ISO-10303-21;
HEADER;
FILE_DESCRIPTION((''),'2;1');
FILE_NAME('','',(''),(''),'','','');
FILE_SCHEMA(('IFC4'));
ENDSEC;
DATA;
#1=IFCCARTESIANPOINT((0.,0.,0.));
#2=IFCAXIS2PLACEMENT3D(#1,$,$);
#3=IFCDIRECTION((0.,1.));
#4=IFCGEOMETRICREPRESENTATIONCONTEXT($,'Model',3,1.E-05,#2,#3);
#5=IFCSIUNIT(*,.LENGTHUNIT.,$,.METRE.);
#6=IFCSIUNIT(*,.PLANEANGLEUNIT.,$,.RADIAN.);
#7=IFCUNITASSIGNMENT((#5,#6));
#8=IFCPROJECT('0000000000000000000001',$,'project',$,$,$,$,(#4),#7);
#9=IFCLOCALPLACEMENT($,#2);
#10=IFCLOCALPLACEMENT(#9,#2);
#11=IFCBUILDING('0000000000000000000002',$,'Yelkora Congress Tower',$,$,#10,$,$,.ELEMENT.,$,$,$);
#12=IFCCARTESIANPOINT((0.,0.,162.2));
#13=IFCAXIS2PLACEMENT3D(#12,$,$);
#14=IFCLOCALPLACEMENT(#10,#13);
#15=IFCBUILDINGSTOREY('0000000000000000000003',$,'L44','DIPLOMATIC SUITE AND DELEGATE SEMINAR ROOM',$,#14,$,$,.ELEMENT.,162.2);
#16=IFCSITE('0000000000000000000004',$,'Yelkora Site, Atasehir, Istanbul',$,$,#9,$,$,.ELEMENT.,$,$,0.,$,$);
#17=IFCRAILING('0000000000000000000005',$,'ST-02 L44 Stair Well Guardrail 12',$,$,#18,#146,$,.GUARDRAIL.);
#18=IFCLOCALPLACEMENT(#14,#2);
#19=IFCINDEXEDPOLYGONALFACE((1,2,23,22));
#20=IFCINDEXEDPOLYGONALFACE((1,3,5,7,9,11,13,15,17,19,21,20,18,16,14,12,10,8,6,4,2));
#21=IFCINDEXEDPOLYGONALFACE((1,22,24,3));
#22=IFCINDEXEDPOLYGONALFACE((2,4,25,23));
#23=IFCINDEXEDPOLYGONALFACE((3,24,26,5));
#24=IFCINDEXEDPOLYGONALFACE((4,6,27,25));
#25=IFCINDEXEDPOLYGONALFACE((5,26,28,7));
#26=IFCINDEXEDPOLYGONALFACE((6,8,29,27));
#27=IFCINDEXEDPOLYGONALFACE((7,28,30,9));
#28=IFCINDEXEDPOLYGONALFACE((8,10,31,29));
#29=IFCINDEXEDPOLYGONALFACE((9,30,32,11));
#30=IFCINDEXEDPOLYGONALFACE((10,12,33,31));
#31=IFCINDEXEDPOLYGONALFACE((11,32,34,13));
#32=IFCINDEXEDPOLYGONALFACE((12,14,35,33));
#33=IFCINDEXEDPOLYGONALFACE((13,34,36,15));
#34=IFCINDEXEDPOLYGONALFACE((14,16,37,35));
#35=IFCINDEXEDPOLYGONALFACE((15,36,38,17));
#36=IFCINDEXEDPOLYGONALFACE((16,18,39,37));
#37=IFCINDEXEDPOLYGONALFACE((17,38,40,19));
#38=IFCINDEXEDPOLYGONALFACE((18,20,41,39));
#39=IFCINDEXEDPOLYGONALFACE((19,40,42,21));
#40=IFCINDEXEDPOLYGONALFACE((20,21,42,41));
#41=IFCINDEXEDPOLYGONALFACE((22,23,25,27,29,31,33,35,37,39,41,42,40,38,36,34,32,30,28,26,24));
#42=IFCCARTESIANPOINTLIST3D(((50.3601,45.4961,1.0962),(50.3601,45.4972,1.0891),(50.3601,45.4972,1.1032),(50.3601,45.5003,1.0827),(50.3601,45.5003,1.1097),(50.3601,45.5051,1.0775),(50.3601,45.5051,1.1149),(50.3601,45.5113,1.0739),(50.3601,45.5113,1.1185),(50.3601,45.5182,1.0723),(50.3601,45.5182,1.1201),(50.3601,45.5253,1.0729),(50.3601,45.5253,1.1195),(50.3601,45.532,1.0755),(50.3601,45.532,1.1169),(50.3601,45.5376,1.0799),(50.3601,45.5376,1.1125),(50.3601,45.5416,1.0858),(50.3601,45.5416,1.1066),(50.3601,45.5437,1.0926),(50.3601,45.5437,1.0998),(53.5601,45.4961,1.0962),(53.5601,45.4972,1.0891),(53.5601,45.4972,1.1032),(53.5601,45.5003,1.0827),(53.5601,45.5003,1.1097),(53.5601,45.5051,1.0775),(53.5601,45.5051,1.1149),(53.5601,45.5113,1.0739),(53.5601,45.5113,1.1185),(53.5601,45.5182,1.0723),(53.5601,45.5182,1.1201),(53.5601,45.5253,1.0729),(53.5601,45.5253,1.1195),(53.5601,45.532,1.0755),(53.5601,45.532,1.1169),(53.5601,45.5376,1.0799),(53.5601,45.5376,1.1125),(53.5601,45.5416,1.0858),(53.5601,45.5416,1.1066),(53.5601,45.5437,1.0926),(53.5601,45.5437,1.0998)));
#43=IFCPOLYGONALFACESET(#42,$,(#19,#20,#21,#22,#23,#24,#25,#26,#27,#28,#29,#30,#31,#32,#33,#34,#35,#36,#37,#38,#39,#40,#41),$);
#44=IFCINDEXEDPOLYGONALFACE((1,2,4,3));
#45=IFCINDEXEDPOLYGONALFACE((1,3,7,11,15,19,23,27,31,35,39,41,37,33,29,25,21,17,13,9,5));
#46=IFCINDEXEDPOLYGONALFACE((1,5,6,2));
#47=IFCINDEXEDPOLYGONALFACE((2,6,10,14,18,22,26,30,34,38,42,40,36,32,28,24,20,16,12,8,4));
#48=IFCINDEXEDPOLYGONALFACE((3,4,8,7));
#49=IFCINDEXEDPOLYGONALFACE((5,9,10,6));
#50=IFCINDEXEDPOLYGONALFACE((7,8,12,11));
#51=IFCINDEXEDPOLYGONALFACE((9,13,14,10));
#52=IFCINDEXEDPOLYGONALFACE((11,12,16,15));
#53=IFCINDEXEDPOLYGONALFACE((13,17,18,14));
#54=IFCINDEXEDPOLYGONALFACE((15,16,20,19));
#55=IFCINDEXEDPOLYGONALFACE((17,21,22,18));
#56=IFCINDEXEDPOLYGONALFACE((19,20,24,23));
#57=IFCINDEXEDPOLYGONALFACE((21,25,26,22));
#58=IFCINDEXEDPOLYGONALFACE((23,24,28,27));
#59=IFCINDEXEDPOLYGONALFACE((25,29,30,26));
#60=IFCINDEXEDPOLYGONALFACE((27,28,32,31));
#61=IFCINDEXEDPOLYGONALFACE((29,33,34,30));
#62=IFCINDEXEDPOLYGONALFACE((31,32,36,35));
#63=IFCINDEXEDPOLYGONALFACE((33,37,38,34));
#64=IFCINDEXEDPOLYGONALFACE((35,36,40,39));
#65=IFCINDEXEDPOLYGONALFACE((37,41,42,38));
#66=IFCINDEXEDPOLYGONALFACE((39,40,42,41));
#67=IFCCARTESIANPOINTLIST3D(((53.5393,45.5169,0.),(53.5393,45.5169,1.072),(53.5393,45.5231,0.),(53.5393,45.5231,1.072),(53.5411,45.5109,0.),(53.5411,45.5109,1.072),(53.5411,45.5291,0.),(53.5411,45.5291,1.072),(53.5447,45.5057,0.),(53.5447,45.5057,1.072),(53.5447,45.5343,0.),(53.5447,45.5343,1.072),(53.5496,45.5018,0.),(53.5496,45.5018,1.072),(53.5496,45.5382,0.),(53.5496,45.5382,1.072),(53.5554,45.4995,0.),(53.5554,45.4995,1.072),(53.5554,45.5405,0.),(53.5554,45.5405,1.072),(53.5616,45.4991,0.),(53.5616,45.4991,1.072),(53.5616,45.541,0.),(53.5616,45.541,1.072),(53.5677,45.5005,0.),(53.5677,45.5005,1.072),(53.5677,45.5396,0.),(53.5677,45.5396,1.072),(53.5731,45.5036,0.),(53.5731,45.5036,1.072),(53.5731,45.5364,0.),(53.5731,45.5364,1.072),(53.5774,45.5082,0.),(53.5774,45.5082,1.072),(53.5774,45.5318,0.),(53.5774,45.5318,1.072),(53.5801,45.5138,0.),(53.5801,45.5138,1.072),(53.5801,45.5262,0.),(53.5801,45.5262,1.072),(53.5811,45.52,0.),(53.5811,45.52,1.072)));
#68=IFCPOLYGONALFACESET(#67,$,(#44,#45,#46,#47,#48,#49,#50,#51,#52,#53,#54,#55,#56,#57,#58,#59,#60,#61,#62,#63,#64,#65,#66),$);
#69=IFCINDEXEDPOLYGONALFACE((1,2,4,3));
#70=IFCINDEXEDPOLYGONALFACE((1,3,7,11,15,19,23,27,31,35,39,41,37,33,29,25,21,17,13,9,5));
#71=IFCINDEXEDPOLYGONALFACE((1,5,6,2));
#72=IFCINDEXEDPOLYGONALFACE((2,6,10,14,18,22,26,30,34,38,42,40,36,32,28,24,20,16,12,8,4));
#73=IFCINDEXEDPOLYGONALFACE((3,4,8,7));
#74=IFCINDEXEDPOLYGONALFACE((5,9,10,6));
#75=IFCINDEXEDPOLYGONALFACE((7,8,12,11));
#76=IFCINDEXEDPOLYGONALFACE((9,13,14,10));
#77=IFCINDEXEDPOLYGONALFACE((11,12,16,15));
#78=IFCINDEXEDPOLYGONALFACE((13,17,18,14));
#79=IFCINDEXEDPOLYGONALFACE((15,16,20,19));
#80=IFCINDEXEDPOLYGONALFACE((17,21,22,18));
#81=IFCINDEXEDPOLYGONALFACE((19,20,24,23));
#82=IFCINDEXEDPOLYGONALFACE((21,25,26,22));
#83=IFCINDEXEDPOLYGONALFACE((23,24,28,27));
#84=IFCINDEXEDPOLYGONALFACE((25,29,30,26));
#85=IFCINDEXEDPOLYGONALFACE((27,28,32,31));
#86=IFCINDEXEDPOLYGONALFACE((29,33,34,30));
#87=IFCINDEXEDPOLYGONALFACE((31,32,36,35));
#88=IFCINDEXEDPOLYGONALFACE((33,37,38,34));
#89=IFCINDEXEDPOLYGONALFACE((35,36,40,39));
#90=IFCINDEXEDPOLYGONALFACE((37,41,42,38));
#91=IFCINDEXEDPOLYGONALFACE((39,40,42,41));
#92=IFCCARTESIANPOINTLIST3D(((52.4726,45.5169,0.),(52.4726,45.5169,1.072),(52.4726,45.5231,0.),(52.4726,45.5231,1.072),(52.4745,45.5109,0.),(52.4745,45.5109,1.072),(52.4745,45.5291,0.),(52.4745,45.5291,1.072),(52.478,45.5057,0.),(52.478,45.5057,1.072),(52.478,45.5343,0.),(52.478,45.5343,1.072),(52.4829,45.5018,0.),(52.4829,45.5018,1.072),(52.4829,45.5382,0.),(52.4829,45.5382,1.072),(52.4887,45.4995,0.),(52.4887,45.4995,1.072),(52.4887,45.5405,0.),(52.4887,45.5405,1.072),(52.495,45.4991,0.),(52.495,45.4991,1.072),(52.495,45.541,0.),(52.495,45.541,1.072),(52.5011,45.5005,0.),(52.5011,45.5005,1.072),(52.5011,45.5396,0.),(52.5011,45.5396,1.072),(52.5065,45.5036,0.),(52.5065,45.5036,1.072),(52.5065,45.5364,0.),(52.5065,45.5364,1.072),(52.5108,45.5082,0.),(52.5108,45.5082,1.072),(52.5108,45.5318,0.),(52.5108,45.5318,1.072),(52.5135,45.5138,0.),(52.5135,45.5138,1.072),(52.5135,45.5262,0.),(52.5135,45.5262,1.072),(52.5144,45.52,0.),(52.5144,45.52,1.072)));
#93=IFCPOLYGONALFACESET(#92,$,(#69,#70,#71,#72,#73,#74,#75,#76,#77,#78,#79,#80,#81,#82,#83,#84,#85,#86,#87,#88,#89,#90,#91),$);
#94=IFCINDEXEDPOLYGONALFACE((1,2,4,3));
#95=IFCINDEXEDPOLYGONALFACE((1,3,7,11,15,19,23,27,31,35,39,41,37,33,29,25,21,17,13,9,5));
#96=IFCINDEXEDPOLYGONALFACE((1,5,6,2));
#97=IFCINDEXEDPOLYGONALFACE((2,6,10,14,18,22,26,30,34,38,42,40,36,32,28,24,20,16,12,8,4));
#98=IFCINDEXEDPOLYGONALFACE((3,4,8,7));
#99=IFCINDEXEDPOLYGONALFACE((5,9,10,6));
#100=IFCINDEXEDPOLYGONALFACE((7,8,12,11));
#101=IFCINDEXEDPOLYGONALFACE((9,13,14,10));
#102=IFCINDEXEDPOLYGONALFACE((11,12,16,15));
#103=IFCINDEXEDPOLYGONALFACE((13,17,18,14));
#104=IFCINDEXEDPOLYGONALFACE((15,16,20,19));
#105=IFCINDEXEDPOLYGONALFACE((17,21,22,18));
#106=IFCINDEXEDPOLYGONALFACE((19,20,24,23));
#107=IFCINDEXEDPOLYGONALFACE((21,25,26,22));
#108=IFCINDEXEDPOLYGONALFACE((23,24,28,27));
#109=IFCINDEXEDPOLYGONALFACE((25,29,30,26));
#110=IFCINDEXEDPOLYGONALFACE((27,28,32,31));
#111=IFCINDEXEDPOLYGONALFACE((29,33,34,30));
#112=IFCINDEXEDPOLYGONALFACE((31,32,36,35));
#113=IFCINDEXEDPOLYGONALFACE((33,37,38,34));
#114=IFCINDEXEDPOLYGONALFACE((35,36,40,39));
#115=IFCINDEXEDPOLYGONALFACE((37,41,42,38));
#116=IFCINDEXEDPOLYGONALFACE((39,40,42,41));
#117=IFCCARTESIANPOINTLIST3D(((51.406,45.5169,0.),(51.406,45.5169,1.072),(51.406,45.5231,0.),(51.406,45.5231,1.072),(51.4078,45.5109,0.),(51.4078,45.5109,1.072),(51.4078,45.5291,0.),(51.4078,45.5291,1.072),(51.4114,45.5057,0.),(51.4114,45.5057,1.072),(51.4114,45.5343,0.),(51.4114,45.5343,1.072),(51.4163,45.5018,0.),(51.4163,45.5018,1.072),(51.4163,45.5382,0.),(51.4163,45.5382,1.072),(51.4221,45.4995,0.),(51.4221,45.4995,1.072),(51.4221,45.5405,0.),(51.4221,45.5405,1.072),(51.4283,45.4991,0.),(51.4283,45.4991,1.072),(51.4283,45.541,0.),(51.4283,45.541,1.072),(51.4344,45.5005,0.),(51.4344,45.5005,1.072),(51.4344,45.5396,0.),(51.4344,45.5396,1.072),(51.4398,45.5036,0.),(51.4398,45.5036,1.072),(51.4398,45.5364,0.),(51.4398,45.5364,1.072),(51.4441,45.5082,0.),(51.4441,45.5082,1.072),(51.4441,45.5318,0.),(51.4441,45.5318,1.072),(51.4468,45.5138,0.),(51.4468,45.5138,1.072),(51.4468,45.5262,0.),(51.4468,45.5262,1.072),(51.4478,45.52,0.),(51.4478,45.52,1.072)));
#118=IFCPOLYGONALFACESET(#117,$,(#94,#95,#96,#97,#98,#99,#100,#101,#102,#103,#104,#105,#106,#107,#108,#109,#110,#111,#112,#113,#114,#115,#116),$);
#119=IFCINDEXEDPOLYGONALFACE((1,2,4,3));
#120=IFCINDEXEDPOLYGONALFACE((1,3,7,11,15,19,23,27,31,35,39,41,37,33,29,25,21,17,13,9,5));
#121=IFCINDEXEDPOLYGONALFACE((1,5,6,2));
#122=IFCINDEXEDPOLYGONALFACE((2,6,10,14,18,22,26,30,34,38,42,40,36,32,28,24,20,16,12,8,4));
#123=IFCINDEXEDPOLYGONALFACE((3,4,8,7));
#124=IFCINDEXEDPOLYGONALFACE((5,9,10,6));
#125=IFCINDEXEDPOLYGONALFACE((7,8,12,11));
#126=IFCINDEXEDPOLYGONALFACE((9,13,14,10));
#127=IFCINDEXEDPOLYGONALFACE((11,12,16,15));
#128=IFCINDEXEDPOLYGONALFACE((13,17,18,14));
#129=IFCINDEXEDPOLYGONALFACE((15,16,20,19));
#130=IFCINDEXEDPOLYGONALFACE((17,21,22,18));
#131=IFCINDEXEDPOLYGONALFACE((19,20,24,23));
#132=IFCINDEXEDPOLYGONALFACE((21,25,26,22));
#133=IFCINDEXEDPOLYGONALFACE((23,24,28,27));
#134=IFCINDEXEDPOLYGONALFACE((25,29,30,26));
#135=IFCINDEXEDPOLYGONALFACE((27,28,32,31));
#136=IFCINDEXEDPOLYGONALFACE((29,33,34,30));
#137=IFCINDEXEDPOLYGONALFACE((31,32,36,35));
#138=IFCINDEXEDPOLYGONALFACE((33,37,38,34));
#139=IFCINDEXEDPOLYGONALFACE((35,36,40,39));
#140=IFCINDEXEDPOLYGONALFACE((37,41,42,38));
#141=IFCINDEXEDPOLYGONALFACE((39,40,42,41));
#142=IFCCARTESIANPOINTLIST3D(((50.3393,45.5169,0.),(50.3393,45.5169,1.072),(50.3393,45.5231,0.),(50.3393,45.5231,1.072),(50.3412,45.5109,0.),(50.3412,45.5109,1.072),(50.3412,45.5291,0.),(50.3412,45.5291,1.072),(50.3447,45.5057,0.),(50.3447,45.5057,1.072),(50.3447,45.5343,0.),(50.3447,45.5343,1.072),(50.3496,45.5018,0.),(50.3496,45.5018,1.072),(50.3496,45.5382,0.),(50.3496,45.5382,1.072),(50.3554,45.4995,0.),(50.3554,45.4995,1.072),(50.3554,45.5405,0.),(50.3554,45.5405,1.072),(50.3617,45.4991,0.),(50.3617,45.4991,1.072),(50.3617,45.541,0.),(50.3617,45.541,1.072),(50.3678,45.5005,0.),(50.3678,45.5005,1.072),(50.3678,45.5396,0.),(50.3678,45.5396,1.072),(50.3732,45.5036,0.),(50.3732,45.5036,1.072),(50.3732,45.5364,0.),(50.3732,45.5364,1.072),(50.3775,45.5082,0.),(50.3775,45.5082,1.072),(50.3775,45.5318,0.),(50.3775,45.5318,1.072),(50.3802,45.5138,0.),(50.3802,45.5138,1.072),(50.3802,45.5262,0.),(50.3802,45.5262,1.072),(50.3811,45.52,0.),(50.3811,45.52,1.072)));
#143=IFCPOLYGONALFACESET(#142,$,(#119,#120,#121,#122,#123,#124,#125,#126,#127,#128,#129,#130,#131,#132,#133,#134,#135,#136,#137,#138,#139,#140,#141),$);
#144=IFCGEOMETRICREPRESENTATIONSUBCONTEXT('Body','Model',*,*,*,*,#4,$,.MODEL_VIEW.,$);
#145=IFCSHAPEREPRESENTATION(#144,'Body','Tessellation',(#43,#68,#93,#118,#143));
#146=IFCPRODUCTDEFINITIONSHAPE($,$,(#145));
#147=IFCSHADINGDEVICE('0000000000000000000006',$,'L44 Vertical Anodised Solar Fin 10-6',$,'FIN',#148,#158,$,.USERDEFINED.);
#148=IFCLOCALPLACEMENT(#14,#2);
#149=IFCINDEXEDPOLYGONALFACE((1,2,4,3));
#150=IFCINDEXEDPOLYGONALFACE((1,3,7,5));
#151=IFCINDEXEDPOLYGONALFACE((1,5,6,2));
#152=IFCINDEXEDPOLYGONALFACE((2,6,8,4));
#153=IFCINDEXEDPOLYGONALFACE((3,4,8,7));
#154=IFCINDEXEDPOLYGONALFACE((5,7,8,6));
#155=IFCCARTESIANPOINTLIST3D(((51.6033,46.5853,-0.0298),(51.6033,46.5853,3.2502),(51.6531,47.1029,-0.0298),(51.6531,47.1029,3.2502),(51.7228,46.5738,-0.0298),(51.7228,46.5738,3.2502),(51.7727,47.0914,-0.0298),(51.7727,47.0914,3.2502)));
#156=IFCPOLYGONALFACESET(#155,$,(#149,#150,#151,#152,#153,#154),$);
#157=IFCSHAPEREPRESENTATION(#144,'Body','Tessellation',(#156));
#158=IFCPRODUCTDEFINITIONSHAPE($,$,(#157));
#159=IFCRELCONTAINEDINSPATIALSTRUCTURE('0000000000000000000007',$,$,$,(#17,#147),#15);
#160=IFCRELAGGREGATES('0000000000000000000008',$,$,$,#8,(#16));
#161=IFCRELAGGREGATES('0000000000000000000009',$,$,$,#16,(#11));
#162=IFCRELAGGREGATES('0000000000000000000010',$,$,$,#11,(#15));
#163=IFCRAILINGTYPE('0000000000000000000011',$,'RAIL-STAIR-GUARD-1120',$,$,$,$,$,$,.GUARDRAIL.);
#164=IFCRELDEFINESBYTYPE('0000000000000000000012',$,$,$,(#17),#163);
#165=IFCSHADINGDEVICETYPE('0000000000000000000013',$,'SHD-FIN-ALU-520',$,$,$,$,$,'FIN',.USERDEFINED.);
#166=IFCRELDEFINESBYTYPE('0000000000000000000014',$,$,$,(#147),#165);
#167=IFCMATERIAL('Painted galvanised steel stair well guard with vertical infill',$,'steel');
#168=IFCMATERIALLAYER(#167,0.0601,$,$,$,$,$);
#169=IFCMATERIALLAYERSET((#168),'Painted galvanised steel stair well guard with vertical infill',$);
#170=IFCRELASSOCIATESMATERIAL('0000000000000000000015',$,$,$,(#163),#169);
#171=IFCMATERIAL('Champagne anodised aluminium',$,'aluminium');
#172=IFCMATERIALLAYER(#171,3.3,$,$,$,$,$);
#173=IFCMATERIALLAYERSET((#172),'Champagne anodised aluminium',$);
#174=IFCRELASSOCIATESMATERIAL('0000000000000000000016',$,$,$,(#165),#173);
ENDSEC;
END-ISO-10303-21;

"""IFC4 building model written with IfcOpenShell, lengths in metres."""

from ifc_helpers import new_model, si_unit, direction, frame, origin, origin_2d, place, context, subcontext, project, spatial, rectangle, circle, extrude, material, layer, layer_set, type_object, element, save


model = new_model("IFC4")

# Units and contexts
model_context = context("Model", 3, precision=1e-05, world=origin(), true_north=direction((0.0, 1.0)))
body_context = subcontext(model_context, "Body", "Model", "MODEL_VIEW")
ifc_project = project(units=[si_unit("LENGTHUNIT", "METRE"), si_unit("PLANEANGLEUNIT", "RADIAN")], contexts=[model_context])

# Site, building, storey
site_placement = place(None, origin())
site = spatial("IfcSite", under=ifc_project, at=site_placement, Name="Yelkora Site, Atasehir, Istanbul", CompositionType="ELEMENT", RefElevation=0.0)
building_placement = place(site_placement, origin())
building = spatial("IfcBuilding", under=site, at=building_placement, Name="Yelkora Congress Tower", CompositionType="ELEMENT")
storey_placement = place(building_placement, frame((0.0, 0.0, 162.2)))
storey = spatial("IfcBuildingStorey", under=building, at=storey_placement, Name="L44", Description="DIPLOMATIC SUITE AND DELEGATE SEMINAR ROOM", CompositionType="ELEMENT", Elevation=162.2)

# Railing
ifc_material_1 = material(Name="Painted galvanised steel stair well guard with vertical infill", Category="steel")
ifc_layer_1 = layer(ifc_material_1, 0.0601)
ifc_layer_set_1 = layer_set([ifc_layer_1], Name="Painted galvanised steel stair well guard with vertical infill")
railing_type = type_object("IfcRailingType", Name="RAIL-STAIR-GUARD-1120", PredefinedType="GUARDRAIL", material=ifc_layer_set_1)
railing_1_placement = place(storey_placement, frame((53.5601, 45.52, 0.0)))
element("IfcRailing", 1, at=railing_1_placement, inside=storey, type_object=railing_type, Name="ST-02 L44 Stair Well Guardrail 12", PredefinedType="GUARDRAIL", context=body_context, shape_type="SweptSolid", body=[
    extrude(circle(Radius=0.0239, at=origin_2d()), frame((0.0, 0.0, 1.0962), z_axis=(-1.0, 0.0, 0.0), x_axis=(0.0, -1.0, 0.0)), (0.0, 0.0, 1.0), 3.2),
    extrude(circle(Radius=0.021, at=origin_2d()), origin(), (0.0, 0.0, 1.0), 1.072),
    extrude(circle(Radius=0.021, at=origin_2d()), frame((-1.0667, 0.0, 0.0)), (0.0, 0.0, 1.0), 1.072),
    extrude(circle(Radius=0.021, at=origin_2d()), frame((-2.1333, 0.0, 0.0)), (0.0, 0.0, 1.0), 1.072),
    extrude(circle(Radius=0.021, at=origin_2d()), frame((-3.2, 0.0, 0.0)), (0.0, 0.0, 1.0), 1.072),
])

# Shading device
ifc_material_2 = material(Name="Champagne anodised aluminium", Category="aluminium")
ifc_layer_2 = layer(ifc_material_2, 3.3)
ifc_layer_set_2 = layer_set([ifc_layer_2], Name="Champagne anodised aluminium")
shading_device_type = type_object("IfcShadingDeviceType", Name="SHD-FIN-ALU-520", ElementType="FIN", PredefinedType="USERDEFINED", material=ifc_layer_set_2)
shading_device_placement = place(storey_placement, frame((51.688, 46.8384, -0.0298), z_axis=(0.0, 0.0, 1.0), x_axis=(0.995396, -0.095846, 0.0)))
element("IfcShadingDevice", 2, at=shading_device_placement, inside=storey, type_object=shading_device_type, Name="L44 Vertical Anodised Solar Fin 10-6", ObjectType="FIN", PredefinedType="USERDEFINED", context=body_context, shape_type="SweptSolid", body=[
    extrude(rectangle(XDim=0.1201, YDim=0.52, at=origin_2d()), origin(), (0.0, 0.0, 1.0), 3.28),
])

save(model, "model.ifc")
